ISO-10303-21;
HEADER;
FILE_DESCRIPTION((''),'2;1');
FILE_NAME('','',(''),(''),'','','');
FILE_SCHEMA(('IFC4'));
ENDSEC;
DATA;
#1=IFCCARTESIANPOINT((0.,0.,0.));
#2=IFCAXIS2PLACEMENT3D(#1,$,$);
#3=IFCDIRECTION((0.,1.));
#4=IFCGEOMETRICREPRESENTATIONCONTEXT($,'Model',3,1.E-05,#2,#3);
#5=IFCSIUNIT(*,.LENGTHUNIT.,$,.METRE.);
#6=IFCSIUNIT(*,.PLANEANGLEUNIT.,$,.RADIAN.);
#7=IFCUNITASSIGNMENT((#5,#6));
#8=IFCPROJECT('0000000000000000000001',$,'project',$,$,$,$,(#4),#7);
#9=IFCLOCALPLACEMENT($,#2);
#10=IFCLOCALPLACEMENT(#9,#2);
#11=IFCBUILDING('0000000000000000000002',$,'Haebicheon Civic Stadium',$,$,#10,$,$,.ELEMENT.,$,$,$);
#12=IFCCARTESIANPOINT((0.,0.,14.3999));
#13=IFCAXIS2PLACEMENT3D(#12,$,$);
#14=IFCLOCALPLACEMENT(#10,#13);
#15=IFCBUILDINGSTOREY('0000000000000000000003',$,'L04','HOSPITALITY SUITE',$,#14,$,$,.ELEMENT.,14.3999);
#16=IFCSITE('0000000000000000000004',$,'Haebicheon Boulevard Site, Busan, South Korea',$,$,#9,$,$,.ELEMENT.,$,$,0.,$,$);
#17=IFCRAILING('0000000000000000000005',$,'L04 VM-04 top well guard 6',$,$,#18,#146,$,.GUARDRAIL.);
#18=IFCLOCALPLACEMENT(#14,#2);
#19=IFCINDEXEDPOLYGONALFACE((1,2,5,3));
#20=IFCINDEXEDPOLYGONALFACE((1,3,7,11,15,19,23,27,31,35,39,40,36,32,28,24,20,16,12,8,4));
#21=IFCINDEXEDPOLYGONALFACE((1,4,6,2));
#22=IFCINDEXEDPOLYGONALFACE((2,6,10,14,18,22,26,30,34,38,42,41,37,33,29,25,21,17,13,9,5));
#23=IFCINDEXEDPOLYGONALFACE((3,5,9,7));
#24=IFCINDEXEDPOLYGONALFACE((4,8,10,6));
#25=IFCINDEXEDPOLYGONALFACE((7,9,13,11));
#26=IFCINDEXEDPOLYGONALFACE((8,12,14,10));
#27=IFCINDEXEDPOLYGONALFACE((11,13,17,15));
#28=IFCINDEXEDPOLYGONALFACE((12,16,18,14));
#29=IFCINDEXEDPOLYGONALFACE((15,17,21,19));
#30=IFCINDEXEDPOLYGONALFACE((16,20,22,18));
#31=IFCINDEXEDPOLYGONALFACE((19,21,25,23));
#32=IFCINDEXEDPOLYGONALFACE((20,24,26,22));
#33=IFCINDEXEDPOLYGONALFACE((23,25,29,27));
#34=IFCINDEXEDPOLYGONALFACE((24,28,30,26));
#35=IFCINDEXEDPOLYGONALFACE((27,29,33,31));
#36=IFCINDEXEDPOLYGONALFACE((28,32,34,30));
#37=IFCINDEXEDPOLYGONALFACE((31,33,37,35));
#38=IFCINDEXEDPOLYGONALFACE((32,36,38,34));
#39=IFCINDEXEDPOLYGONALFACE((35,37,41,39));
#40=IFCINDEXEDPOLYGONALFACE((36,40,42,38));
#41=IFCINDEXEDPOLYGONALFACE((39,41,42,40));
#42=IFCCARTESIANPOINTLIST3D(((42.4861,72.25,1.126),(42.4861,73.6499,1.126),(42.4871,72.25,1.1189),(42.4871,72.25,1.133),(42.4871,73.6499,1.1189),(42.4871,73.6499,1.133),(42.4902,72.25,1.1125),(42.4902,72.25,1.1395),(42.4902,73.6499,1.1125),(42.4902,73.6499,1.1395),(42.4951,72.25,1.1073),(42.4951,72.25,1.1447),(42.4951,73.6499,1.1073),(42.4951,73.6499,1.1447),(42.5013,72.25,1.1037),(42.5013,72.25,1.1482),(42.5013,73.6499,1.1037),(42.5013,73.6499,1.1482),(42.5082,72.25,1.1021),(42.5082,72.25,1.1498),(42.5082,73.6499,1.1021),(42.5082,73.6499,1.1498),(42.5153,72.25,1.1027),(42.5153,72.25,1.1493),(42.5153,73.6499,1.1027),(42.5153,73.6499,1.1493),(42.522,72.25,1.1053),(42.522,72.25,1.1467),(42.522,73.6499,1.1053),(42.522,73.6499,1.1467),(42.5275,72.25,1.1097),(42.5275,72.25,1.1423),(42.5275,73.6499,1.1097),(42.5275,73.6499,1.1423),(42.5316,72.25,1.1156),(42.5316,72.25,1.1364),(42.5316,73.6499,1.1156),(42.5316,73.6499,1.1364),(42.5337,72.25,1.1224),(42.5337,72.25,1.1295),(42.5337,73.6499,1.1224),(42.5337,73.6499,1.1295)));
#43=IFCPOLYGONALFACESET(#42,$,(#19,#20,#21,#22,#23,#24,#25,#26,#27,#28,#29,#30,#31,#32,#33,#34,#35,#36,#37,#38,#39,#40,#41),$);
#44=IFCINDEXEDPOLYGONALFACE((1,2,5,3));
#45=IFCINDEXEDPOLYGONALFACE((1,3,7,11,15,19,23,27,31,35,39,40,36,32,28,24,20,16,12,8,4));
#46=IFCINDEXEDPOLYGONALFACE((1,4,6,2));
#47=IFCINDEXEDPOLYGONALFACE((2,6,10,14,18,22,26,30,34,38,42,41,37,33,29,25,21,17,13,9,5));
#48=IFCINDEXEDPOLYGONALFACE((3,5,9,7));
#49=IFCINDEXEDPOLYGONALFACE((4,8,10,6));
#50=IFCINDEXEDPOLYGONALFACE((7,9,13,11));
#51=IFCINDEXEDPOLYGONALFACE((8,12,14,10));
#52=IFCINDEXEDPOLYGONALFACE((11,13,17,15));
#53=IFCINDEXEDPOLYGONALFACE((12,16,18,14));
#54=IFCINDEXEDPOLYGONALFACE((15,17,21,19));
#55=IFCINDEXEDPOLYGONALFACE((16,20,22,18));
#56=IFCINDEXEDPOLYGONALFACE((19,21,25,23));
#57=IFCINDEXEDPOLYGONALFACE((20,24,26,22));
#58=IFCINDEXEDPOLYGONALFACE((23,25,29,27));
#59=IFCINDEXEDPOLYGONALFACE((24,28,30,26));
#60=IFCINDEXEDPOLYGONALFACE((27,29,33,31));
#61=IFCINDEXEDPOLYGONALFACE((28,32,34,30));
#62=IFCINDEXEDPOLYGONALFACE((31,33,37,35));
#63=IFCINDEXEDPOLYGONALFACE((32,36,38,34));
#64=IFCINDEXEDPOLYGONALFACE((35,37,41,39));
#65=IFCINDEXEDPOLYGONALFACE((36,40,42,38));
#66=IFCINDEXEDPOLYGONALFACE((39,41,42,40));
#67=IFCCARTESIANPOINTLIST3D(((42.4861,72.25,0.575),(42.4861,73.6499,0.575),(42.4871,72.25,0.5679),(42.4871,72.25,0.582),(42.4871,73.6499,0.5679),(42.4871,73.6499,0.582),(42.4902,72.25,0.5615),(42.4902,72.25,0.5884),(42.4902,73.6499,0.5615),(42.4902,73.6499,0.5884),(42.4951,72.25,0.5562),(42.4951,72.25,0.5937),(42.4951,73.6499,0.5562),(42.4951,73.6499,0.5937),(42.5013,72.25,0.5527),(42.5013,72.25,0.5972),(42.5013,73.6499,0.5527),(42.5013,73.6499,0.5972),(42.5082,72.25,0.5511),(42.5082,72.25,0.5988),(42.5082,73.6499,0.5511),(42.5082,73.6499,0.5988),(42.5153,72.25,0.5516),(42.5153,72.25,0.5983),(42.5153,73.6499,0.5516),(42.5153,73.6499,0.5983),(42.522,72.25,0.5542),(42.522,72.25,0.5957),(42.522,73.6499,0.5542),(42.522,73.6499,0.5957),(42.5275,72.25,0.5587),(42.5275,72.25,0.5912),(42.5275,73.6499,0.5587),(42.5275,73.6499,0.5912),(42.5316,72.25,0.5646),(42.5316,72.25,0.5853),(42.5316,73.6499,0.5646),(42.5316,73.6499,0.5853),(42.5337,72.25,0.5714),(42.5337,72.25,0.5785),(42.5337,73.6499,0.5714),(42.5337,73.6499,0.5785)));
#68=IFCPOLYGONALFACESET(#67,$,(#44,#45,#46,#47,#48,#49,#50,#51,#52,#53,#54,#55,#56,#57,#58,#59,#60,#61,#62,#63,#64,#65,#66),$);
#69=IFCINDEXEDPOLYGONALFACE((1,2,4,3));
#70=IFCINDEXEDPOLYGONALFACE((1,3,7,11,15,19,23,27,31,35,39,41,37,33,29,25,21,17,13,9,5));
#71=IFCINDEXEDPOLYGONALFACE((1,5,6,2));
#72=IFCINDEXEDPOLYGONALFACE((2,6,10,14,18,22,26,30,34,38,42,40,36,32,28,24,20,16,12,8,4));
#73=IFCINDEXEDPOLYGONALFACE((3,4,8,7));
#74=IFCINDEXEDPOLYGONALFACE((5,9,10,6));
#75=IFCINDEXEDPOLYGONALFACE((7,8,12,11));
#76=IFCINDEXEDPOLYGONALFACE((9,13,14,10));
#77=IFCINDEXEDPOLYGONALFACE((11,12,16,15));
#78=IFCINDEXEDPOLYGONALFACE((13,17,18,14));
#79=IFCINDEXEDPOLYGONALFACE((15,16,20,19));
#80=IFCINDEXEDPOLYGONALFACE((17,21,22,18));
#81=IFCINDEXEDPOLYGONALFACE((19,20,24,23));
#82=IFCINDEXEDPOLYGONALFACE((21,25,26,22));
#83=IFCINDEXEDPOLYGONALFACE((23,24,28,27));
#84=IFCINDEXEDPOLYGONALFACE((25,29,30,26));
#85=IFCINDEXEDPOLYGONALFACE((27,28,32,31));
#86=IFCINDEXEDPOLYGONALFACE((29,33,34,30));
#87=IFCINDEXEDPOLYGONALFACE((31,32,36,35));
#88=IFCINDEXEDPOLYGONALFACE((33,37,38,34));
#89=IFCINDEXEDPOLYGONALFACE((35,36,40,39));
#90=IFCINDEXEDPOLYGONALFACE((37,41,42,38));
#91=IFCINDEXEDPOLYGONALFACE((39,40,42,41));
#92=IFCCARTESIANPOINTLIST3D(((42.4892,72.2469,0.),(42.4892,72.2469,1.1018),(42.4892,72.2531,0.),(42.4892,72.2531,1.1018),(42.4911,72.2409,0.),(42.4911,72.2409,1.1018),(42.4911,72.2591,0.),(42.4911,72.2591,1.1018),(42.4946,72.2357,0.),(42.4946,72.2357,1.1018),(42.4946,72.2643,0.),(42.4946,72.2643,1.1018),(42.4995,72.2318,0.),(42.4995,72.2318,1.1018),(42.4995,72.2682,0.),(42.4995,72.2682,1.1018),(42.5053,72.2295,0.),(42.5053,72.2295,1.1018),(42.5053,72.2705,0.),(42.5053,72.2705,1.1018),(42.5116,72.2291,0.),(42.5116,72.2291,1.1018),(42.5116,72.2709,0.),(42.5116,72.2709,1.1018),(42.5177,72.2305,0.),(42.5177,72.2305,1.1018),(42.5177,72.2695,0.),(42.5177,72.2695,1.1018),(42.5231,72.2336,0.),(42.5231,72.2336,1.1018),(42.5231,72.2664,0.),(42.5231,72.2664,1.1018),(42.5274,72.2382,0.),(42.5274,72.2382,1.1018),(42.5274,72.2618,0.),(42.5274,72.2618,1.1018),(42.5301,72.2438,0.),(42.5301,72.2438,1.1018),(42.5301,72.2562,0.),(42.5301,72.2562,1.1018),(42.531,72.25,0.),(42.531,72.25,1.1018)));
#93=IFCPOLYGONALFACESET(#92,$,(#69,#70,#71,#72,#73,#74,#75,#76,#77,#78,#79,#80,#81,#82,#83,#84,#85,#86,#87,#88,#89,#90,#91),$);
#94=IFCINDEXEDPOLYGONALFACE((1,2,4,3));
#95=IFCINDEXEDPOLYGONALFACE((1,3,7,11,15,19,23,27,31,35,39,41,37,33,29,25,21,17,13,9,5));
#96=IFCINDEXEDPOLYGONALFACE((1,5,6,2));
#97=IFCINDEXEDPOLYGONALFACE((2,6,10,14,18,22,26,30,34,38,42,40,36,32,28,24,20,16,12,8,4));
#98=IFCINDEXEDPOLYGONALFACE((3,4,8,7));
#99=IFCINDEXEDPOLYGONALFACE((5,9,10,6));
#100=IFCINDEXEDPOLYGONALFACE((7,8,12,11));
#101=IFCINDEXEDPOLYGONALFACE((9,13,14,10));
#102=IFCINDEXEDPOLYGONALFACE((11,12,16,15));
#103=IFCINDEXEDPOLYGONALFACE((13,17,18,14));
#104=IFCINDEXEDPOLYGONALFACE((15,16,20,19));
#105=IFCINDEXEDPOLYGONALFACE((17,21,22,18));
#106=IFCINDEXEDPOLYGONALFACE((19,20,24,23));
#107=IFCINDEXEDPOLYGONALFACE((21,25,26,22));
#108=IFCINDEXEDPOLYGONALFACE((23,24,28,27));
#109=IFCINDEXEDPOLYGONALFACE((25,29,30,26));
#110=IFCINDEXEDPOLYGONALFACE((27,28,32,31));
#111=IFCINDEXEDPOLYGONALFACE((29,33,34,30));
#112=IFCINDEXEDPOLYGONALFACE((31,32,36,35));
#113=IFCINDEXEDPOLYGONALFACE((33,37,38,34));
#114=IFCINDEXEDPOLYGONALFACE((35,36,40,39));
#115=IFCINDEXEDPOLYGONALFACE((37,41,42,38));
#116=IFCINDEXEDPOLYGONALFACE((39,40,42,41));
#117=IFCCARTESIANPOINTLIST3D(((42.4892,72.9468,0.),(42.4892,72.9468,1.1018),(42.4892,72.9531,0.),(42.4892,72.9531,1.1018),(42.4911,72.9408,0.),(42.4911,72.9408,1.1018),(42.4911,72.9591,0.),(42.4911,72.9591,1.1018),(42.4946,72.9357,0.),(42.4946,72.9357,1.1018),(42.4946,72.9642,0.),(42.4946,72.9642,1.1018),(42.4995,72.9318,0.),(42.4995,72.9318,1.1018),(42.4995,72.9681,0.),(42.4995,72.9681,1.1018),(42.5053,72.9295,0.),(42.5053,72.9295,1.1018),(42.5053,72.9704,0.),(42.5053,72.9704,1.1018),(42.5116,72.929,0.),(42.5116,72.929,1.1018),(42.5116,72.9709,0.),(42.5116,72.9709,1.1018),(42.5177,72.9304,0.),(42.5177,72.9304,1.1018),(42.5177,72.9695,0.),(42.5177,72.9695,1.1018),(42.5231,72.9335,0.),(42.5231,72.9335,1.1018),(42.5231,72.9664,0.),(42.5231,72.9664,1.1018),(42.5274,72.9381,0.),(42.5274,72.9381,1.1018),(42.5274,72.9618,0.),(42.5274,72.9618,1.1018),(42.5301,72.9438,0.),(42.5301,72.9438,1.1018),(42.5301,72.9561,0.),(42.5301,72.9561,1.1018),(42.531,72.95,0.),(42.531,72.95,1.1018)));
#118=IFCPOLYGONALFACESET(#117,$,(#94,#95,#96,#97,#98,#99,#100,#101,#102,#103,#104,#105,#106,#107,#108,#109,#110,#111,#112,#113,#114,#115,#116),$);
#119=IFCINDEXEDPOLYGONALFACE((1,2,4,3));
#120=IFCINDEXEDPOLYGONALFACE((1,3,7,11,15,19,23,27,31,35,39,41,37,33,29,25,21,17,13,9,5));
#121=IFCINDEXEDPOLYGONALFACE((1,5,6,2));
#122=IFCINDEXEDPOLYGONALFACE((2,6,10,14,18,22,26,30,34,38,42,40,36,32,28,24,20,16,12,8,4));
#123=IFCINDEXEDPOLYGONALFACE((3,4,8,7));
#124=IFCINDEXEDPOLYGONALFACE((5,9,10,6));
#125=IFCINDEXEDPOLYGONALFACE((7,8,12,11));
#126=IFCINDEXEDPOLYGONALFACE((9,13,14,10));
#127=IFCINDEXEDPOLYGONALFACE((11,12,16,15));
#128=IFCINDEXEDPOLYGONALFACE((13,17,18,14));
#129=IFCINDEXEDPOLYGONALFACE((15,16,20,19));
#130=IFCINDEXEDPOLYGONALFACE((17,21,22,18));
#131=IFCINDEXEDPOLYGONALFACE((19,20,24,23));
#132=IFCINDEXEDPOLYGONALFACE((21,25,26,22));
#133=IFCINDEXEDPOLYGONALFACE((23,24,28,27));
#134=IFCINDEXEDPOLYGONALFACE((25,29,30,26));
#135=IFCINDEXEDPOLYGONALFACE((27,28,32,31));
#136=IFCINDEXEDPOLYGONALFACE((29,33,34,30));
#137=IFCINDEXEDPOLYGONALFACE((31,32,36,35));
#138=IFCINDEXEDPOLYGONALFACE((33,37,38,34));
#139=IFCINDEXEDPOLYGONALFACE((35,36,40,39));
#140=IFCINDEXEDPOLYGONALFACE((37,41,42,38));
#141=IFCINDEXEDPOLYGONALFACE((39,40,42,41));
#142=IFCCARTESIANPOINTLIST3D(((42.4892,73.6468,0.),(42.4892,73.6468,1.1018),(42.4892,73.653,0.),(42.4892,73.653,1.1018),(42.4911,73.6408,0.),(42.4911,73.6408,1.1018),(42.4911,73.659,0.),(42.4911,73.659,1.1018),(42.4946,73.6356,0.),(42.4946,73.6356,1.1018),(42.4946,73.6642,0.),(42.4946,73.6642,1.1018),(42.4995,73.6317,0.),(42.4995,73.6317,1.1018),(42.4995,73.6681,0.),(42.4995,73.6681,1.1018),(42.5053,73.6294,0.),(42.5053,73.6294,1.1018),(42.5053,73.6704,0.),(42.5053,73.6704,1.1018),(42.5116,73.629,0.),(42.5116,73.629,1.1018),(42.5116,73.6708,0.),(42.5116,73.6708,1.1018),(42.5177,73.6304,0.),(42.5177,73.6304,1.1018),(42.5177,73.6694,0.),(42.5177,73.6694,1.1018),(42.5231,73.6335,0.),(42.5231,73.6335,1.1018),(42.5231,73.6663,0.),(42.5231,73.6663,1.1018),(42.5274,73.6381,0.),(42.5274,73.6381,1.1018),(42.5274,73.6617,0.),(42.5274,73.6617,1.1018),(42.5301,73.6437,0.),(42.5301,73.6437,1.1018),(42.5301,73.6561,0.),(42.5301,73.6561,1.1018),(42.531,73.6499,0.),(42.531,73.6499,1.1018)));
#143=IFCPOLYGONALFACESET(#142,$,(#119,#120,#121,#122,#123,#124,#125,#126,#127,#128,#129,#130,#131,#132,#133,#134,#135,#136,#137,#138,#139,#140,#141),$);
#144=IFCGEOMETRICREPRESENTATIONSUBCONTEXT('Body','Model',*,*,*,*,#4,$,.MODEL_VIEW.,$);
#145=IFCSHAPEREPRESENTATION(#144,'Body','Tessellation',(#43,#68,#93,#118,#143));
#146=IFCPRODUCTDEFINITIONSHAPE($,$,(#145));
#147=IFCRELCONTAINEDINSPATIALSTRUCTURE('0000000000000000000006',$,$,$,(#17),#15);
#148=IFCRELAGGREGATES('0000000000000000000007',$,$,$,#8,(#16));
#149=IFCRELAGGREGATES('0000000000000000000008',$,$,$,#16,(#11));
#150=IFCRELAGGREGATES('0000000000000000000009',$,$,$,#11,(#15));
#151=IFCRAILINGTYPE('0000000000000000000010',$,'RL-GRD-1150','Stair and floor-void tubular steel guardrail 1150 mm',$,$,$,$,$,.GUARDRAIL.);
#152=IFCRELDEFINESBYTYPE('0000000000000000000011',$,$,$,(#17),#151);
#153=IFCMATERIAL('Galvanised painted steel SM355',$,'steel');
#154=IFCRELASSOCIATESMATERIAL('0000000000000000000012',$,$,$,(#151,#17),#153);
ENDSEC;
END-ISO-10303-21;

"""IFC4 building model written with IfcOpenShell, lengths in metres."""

from ifc_helpers import new_model, si_unit, direction, frame, origin, origin_2d, place, context, subcontext, project, spatial, circle, extrude, material, type_object, element, save


model = new_model("IFC4")

# Units and contexts
model_context = context("Model", 3, precision=1e-05, world=origin(), true_north=direction((0.0, 1.0)))
body_context = subcontext(model_context, "Body", "Model", "MODEL_VIEW")
ifc_project = project(units=[si_unit("LENGTHUNIT", "METRE"), si_unit("PLANEANGLEUNIT", "RADIAN")], contexts=[model_context])

# Site, building, storey
site_placement = place(None, origin())
site = spatial("IfcSite", under=ifc_project, at=site_placement, Name="Haebicheon Boulevard Site, Busan, South Korea", CompositionType="ELEMENT", RefElevation=0.0)
building_placement = place(site_placement, origin())
building = spatial("IfcBuilding", under=site, at=building_placement, Name="Haebicheon Civic Stadium", CompositionType="ELEMENT")
storey_placement = place(building_placement, frame((0.0, 0.0, 14.3999)))
storey = spatial("IfcBuildingStorey", under=building, at=storey_placement, Name="L04", Description="HOSPITALITY SUITE", CompositionType="ELEMENT", Elevation=14.3999)

# Railing
ifc_material_1 = material(Name="Galvanised painted steel SM355", Category="steel")
railing_type = type_object("IfcRailingType", Name="RL-GRD-1150", Description="Stair and floor-void tubular steel guardrail 1150 mm", PredefinedType="GUARDRAIL", material=ifc_material_1)
for number, where, name in (
    (1, (42.51, 72.25, 0.0), "L04 VM-04 top well guard 6"),
):
    element("IfcRailing", number, at=place(storey_placement, frame(where)), inside=storey, type_object=railing_type, material=ifc_material_1, Name=name, PredefinedType="GUARDRAIL", context=body_context, shape_type="SweptSolid", body=[
        extrude(circle(Radius=0.0239, at=origin_2d()), frame((0.0, 0.0, 1.126), z_axis=(0.0, 1.0, 0.0), x_axis=(-1.0, 0.0, 0.0)), (0.0, 0.0, 1.0), 1.3999),
        extrude(circle(Radius=0.0239, at=origin_2d()), frame((0.0, 0.0, 0.575), z_axis=(0.0, 1.0, 0.0), x_axis=(-1.0, 0.0, 0.0)), (0.0, 0.0, 1.0), 1.3999),
        extrude(circle(Radius=0.021, at=origin_2d()), origin(), (0.0, 0.0, 1.0), 1.1018),
        extrude(circle(Radius=0.021, at=origin_2d()), frame((0.0, 0.7, 0.0)), (0.0, 0.0, 1.0), 1.1018),
        extrude(circle(Radius=0.021, at=origin_2d()), frame((0.0, 1.3999, 0.0)), (0.0, 0.0, 1.0), 1.1018),
    ])

save(model, "model.ifc")
